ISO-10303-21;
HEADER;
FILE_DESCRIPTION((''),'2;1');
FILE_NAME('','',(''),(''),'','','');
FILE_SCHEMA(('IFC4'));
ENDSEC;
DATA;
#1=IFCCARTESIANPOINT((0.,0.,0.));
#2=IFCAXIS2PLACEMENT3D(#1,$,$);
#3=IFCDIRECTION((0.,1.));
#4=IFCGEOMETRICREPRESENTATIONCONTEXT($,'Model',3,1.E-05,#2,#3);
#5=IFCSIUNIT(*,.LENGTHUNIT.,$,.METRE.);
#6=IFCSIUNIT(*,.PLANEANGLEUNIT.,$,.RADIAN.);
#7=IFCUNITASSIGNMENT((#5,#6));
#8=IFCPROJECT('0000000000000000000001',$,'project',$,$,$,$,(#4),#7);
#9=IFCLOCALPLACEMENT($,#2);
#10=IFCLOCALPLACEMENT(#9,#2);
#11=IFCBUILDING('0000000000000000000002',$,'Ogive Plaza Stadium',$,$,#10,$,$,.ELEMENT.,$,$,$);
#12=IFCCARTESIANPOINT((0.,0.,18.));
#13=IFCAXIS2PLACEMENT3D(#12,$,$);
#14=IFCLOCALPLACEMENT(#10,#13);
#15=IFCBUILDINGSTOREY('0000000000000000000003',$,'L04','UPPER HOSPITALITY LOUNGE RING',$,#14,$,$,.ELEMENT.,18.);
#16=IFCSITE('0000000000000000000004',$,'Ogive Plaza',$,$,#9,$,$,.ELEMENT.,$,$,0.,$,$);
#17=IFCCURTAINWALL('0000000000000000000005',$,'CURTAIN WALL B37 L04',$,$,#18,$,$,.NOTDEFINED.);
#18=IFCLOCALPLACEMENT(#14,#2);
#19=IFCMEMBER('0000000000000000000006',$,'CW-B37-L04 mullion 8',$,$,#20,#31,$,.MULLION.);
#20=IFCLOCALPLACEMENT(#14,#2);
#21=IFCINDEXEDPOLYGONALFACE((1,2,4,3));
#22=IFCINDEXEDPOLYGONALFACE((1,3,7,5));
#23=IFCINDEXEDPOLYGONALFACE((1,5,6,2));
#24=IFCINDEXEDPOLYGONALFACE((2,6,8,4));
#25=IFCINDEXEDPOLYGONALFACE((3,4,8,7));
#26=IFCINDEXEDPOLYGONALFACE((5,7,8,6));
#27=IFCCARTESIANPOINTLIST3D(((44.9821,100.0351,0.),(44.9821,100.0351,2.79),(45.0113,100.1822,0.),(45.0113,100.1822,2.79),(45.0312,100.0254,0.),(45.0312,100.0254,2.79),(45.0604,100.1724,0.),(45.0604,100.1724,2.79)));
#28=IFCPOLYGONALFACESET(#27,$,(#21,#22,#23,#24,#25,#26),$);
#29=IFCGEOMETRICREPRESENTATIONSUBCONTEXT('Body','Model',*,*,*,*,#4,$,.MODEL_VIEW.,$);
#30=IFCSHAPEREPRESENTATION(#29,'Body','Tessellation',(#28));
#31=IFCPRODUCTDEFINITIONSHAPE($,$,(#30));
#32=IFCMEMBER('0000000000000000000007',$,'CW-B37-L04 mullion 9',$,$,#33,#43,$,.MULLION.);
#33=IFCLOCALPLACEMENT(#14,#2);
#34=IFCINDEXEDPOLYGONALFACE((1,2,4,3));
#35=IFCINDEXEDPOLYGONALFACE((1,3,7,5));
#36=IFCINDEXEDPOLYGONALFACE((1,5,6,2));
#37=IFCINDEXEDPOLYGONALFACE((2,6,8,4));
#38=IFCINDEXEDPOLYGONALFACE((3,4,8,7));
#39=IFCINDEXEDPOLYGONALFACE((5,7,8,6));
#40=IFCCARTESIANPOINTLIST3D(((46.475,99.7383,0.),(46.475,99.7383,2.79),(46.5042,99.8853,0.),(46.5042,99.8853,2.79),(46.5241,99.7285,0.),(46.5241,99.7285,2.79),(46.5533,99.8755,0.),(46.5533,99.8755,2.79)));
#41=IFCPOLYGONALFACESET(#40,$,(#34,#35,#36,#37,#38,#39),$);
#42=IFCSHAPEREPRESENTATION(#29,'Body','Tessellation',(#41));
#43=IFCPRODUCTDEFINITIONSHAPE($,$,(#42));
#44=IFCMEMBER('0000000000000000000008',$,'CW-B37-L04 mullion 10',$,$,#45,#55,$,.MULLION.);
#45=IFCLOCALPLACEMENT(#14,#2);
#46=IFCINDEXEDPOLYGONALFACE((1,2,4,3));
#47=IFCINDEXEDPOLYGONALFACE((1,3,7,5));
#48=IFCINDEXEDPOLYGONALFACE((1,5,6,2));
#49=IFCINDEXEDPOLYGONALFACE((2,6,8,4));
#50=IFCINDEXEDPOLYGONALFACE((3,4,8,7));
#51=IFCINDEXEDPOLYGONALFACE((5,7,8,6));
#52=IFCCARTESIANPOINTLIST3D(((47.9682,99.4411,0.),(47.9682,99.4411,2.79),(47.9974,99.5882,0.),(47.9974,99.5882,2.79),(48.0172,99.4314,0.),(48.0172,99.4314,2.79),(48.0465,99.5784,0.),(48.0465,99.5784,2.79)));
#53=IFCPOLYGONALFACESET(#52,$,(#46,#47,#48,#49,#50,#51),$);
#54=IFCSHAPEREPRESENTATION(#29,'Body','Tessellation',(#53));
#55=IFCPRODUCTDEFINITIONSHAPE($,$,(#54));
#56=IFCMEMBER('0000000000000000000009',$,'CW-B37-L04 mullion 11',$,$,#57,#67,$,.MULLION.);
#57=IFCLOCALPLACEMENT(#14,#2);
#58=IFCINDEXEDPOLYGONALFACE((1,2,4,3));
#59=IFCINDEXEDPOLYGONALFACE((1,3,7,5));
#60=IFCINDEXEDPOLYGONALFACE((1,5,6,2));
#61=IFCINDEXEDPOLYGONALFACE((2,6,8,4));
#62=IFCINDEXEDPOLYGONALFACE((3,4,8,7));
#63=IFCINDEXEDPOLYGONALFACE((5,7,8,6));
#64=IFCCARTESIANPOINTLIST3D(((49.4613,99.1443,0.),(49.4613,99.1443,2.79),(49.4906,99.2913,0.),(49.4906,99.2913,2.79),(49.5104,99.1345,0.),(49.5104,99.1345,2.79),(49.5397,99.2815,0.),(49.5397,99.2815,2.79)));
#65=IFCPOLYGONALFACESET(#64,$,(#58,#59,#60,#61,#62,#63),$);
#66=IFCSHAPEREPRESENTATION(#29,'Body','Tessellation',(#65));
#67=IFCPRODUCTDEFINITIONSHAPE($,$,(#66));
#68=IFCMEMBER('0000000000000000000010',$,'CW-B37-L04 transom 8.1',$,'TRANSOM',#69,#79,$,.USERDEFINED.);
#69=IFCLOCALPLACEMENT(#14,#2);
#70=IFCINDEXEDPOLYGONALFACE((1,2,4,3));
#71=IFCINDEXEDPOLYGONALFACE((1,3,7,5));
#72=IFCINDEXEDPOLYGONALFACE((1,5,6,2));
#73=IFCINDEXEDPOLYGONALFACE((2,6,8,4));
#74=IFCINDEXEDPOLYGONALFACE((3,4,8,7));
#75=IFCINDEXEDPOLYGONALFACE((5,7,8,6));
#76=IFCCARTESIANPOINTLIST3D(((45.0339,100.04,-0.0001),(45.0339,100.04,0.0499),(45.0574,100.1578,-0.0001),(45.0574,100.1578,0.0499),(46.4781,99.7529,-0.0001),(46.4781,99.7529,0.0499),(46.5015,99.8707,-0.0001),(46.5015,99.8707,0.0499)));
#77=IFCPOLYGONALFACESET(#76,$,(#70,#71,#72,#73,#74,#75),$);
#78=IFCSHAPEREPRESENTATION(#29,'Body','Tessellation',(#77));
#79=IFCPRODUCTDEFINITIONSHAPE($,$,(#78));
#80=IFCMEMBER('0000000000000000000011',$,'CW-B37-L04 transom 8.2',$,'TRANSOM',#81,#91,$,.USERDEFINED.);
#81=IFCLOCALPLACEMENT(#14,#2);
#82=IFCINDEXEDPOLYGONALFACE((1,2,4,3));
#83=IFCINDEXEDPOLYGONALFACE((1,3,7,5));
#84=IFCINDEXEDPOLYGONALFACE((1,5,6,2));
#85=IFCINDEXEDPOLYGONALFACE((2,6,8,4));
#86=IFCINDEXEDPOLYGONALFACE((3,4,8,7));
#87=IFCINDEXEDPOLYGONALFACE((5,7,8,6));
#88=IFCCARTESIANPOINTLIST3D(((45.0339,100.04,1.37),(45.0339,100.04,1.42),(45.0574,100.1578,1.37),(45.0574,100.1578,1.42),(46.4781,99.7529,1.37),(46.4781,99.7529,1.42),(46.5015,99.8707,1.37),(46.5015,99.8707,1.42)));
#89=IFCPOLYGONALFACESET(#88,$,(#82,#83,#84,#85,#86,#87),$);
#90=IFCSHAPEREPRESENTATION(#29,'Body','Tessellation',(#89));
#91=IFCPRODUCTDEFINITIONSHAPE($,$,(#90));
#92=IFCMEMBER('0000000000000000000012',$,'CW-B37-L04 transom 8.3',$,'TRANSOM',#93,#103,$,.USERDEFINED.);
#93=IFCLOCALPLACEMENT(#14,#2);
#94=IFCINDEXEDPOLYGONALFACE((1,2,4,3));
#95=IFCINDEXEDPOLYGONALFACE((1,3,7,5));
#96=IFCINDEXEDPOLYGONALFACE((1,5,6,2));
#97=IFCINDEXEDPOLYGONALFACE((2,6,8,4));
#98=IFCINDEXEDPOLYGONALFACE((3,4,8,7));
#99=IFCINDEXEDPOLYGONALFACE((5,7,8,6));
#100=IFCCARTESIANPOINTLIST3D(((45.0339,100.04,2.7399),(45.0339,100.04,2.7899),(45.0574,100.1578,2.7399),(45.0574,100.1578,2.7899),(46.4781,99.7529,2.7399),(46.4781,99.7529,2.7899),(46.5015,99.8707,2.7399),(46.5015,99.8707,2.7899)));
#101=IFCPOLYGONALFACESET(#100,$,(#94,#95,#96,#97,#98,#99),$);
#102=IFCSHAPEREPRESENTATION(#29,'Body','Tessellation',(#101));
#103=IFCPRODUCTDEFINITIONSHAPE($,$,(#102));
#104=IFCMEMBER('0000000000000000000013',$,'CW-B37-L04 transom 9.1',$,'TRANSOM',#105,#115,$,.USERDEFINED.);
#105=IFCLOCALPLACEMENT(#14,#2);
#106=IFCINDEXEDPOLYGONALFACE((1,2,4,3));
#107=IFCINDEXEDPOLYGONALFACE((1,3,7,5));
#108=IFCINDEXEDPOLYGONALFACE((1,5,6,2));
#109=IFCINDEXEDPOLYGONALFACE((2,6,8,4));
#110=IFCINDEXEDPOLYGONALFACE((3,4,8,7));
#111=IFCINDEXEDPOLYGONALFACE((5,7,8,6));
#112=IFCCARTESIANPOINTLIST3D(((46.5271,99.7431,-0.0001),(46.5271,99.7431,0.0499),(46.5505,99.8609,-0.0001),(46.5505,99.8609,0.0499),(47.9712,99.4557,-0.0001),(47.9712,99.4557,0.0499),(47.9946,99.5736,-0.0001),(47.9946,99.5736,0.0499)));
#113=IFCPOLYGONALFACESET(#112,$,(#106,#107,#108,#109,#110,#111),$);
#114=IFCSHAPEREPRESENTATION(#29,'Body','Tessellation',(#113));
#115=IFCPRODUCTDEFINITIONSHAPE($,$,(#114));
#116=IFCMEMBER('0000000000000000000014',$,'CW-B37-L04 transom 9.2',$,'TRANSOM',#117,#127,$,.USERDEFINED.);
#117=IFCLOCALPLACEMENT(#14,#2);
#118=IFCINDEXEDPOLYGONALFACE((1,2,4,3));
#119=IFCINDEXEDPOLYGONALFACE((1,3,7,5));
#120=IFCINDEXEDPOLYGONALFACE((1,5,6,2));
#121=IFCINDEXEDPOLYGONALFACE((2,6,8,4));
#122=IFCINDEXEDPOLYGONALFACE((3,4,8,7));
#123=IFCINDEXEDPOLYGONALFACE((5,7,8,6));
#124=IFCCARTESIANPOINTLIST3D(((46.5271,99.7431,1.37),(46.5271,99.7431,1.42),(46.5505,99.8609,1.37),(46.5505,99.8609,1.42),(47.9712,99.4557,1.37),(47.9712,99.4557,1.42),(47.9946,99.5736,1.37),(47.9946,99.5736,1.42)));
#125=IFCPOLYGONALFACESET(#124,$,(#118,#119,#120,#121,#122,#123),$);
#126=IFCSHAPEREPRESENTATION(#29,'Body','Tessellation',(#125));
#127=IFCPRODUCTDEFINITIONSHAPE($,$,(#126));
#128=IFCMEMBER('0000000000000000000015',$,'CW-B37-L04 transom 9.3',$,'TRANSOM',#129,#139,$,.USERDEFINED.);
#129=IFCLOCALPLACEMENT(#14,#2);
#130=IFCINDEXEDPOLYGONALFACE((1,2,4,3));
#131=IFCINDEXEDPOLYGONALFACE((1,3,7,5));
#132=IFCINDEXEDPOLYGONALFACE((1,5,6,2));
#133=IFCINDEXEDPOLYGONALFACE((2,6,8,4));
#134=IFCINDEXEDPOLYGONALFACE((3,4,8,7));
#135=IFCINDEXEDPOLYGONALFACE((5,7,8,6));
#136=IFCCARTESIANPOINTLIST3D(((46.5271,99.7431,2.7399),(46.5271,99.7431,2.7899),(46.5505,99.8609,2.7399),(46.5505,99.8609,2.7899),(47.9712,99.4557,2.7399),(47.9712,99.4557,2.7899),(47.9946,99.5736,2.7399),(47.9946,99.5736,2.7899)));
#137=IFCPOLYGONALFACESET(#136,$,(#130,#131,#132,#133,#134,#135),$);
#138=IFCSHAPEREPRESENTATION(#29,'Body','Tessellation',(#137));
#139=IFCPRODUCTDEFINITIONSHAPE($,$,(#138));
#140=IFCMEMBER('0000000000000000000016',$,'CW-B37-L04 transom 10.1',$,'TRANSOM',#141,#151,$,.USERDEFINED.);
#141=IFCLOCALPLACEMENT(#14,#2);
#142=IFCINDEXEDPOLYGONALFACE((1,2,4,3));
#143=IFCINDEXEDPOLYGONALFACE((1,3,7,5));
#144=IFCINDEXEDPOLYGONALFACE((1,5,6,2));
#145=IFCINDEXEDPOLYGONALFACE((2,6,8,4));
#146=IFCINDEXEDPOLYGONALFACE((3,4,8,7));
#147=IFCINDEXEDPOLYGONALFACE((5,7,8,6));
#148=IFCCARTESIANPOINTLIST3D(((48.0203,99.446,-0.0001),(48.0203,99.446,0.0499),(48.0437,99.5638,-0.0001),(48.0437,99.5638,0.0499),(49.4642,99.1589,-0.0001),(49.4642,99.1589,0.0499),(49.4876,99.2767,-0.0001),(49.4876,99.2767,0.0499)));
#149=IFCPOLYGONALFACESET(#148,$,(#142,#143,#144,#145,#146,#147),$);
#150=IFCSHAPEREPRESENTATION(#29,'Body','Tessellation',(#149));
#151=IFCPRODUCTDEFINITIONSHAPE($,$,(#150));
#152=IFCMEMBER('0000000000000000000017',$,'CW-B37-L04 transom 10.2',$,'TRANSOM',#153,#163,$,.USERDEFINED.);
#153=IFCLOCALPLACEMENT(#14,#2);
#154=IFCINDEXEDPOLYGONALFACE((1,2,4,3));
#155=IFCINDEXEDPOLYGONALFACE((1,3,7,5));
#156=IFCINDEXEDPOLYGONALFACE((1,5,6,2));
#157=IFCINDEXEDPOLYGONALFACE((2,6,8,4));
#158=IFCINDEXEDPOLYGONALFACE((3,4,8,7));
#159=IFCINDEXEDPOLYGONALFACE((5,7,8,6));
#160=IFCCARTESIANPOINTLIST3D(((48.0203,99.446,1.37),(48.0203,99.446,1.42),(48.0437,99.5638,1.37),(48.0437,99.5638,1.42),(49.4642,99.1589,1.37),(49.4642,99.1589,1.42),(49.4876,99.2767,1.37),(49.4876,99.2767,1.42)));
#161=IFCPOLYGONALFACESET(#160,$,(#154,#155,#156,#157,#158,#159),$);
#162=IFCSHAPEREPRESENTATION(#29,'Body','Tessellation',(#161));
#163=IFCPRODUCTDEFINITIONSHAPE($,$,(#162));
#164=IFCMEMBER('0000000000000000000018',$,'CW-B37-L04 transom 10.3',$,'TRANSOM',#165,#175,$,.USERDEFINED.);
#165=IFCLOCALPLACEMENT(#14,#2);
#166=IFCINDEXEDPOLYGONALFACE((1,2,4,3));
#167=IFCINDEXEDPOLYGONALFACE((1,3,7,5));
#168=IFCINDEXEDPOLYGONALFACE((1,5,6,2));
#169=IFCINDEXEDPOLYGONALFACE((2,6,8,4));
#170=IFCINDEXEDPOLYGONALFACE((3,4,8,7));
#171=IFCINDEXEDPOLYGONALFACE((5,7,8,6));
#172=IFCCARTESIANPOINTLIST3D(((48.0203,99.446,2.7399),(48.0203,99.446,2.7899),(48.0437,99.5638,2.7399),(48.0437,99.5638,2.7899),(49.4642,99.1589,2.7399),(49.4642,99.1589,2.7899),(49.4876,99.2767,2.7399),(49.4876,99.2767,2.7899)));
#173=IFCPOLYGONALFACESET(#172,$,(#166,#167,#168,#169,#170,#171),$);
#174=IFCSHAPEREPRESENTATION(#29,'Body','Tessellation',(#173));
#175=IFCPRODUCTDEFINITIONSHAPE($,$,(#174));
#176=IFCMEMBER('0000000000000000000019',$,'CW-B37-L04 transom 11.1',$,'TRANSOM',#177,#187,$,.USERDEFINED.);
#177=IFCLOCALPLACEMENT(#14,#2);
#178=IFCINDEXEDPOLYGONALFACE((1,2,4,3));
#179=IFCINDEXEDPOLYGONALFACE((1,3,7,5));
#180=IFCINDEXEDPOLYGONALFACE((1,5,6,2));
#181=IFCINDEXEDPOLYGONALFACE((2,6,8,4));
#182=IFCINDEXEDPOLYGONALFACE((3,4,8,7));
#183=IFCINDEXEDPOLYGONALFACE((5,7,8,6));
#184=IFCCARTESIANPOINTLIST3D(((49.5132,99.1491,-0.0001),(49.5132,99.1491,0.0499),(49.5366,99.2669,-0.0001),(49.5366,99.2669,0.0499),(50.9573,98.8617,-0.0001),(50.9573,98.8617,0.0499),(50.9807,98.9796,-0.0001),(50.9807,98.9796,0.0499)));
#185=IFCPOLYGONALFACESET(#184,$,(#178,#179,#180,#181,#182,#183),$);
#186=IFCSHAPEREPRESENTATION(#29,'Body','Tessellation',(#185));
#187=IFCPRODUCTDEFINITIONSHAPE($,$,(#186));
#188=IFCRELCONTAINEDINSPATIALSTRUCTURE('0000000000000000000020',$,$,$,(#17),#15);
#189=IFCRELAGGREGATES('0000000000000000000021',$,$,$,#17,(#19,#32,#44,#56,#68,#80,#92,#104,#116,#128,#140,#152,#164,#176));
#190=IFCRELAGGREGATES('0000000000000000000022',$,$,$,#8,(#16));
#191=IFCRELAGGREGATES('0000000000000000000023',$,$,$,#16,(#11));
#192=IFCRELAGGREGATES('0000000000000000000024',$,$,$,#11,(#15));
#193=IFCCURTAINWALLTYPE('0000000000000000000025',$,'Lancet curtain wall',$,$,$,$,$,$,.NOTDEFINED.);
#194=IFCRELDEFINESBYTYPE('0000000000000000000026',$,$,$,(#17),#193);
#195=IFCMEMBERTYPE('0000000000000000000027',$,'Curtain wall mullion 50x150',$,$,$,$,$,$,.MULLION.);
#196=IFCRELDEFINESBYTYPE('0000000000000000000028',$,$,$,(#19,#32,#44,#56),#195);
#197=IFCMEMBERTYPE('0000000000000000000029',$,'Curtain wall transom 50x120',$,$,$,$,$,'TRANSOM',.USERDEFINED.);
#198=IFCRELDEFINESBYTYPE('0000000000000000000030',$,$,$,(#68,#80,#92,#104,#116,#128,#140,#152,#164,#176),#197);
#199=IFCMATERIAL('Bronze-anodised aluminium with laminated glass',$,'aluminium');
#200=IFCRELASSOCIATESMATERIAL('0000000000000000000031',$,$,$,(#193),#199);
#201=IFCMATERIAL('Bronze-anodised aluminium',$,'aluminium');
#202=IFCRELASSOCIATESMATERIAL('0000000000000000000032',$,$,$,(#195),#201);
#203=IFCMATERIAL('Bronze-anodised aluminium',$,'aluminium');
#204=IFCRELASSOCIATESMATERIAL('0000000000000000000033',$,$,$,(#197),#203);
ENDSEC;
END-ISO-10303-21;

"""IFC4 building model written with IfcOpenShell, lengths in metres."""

from ifc_helpers import new_model, si_unit, direction, frame, origin, origin_2d, place, context, subcontext, project, spatial, rectangle, extrude, material, material_profile, profile_set, type_object, element, aggregate, save


model = new_model("IFC4")

# Units and contexts
model_context = context("Model", 3, precision=1e-05, world=origin(), true_north=direction((0.0, 1.0)))
body_context = subcontext(model_context, "Body", "Model", "MODEL_VIEW")
ifc_project = project(units=[si_unit("LENGTHUNIT", "METRE"), si_unit("PLANEANGLEUNIT", "RADIAN")], contexts=[model_context])

# Site, building, storey
site_placement = place(None, origin())
site = spatial("IfcSite", under=ifc_project, at=site_placement, Name="Ogive Plaza", CompositionType="ELEMENT", RefElevation=0.0)
building_placement = place(site_placement, origin())
building = spatial("IfcBuilding", under=site, at=building_placement, Name="Ogive Plaza Stadium", CompositionType="ELEMENT")
storey_placement = place(building_placement, frame((0.0, 0.0, 18.0)))
storey = spatial("IfcBuildingStorey", under=building, at=storey_placement, Name="L04", Description="UPPER HOSPITALITY LOUNGE RING", CompositionType="ELEMENT", Elevation=18.0)

# Curtain wall, members
ifc_material_1 = material(Name="Bronze-anodised aluminium with laminated glass", Category="aluminium")
curtain_wall_type = type_object("IfcCurtainWallType", Name="Lancet curtain wall", PredefinedType="NOTDEFINED", material=ifc_material_1)
curtain_wall_placement = place(storey_placement, origin())
curtain_wall = element("IfcCurtainWall", 1, at=curtain_wall_placement, inside=storey, type_object=curtain_wall_type, Name="CURTAIN WALL B37 L04", PredefinedType="NOTDEFINED")
ifc_material_2 = material(Name="Bronze-anodised aluminium", Category="aluminium")
ifc_material_profile_1 = material_profile(ifc_material_2, rectangle(XDim=0.1499, YDim=0.05, at=origin_2d()), Name="AL 150x50")
ifc_profile_set_1 = profile_set([ifc_material_profile_1], Name="Bronze-anodised aluminium")
member_type_1 = type_object("IfcMemberType", Name="Curtain wall mullion 50x150", PredefinedType="MULLION", material=ifc_profile_set_1)
member_1_placement = place(storey_placement, frame((45.0212, 100.1038, 0.0), z_axis=(0.0, 0.0, 1.0), x_axis=(0.19509, 0.980785, 0.0)))
member_1 = element("IfcMember", 2, at=member_1_placement, type_object=member_type_1, Name="CW-B37-L04 mullion 8", PredefinedType="MULLION", context=body_context, shape_type="SweptSolid", body=[
    extrude(rectangle(XDim=0.1499, YDim=0.05, at=origin_2d()), origin(), (0.0, 0.0, 1.0), 2.79),
])
member_2_placement = place(storey_placement, frame((46.5142, 99.8069, 0.0), z_axis=(0.0, 0.0, 1.0), x_axis=(0.19509, 0.980785, 0.0)))
member_2 = element("IfcMember", 3, at=member_2_placement, type_object=member_type_1, Name="CW-B37-L04 mullion 9", PredefinedType="MULLION", context=body_context, shape_type="SweptSolid", body=[
    extrude(rectangle(XDim=0.1499, YDim=0.05, at=origin_2d()), origin(), (0.0, 0.0, 1.0), 2.79),
])
member_3_placement = place(storey_placement, frame((48.0073, 99.5098, 0.0), z_axis=(0.0, 0.0, 1.0), x_axis=(0.19509, 0.980785, 0.0)))
member_3 = element("IfcMember", 4, at=member_3_placement, type_object=member_type_1, Name="CW-B37-L04 mullion 10", PredefinedType="MULLION", context=body_context, shape_type="SweptSolid", body=[
    extrude(rectangle(XDim=0.1499, YDim=0.05, at=origin_2d()), origin(), (0.0, 0.0, 1.0), 2.79),
])
member_4_placement = place(storey_placement, frame((49.5005, 99.2129, 0.0), z_axis=(0.0, 0.0, 1.0), x_axis=(0.19509, 0.980785, 0.0)))
member_4 = element("IfcMember", 5, at=member_4_placement, type_object=member_type_1, Name="CW-B37-L04 mullion 11", PredefinedType="MULLION", context=body_context, shape_type="SweptSolid", body=[
    extrude(rectangle(XDim=0.1499, YDim=0.05, at=origin_2d()), origin(), (0.0, 0.0, 1.0), 2.79),
])
ifc_material_3 = material(Name="Bronze-anodised aluminium", Category="aluminium")
ifc_material_profile_2 = material_profile(ifc_material_3, rectangle(XDim=0.1201, YDim=0.05, at=origin_2d()), Name="AL 120x50")
ifc_profile_set_2 = profile_set([ifc_material_profile_2], Name="Bronze-anodised aluminium")
member_type_2 = type_object("IfcMemberType", Name="Curtain wall transom 50x120", ElementType="TRANSOM", PredefinedType="USERDEFINED", material=ifc_profile_set_2)
member_5_placement = place(storey_placement, frame((45.0457, 100.0989, 0.0249), z_axis=(0.980803, -0.195, 0.0), x_axis=(0.195, 0.980803, 0.0)))
member_5 = element("IfcMember", 6, at=member_5_placement, type_object=member_type_2, Name="CW-B37-L04 transom 8.1", ObjectType="TRANSOM", PredefinedType="USERDEFINED", context=body_context, shape_type="SweptSolid", body=[
    extrude(rectangle(XDim=0.1201, YDim=0.05, at=origin_2d()), origin(), (0.0, 0.0, 1.0), 1.4724),
])
member_6_placement = place(storey_placement, frame((45.0457, 100.0989, 1.395), z_axis=(0.980803, -0.195, 0.0), x_axis=(0.195, 0.980803, 0.0)))
member_6 = element("IfcMember", 7, at=member_6_placement, type_object=member_type_2, Name="CW-B37-L04 transom 8.2", ObjectType="TRANSOM", PredefinedType="USERDEFINED", context=body_context, shape_type="SweptSolid", body=[
    extrude(rectangle(XDim=0.1201, YDim=0.05, at=origin_2d()), origin(), (0.0, 0.0, 1.0), 1.4724),
])
member_7_placement = place(storey_placement, frame((45.0457, 100.0989, 2.7649), z_axis=(0.980803, -0.195, 0.0), x_axis=(0.195, 0.980803, 0.0)))
member_7 = element("IfcMember", 8, at=member_7_placement, type_object=member_type_2, Name="CW-B37-L04 transom 8.3", ObjectType="TRANSOM", PredefinedType="USERDEFINED", context=body_context, shape_type="SweptSolid", body=[
    extrude(rectangle(XDim=0.1201, YDim=0.05, at=origin_2d()), origin(), (0.0, 0.0, 1.0), 1.4724),
])
member_8_placement = place(storey_placement, frame((46.5388, 99.802, 0.0249), z_axis=(0.980772, -0.195159, 0.0), x_axis=(0.195159, 0.980772, 0.0)))
member_8 = element("IfcMember", 9, at=member_8_placement, type_object=member_type_2, Name="CW-B37-L04 transom 9.1", ObjectType="TRANSOM", PredefinedType="USERDEFINED", context=body_context, shape_type="SweptSolid", body=[
    extrude(rectangle(XDim=0.1201, YDim=0.05, at=origin_2d()), origin(), (0.0, 0.0, 1.0), 1.4724),
])
member_9_placement = place(storey_placement, frame((46.5388, 99.802, 1.395), z_axis=(0.980772, -0.195159, 0.0), x_axis=(0.195159, 0.980772, 0.0)))
member_9 = element("IfcMember", 10, at=member_9_placement, type_object=member_type_2, Name="CW-B37-L04 transom 9.2", ObjectType="TRANSOM", PredefinedType="USERDEFINED", context=body_context, shape_type="SweptSolid", body=[
    extrude(rectangle(XDim=0.1201, YDim=0.05, at=origin_2d()), origin(), (0.0, 0.0, 1.0), 1.4724),
])
member_10_placement = place(storey_placement, frame((46.5388, 99.802, 2.7649), z_axis=(0.980772, -0.195159, 0.0), x_axis=(0.195159, 0.980772, 0.0)))
member_10 = element("IfcMember", 11, at=member_10_placement, type_object=member_type_2, Name="CW-B37-L04 transom 9.3", ObjectType="TRANSOM", PredefinedType="USERDEFINED", context=body_context, shape_type="SweptSolid", body=[
    extrude(rectangle(XDim=0.1201, YDim=0.05, at=origin_2d()), origin(), (0.0, 0.0, 1.0), 1.4724),
])
member_11_placement = place(storey_placement, frame((48.032, 99.5049, 0.0249), z_axis=(0.980797, -0.195032, 0.0), x_axis=(0.195032, 0.980797, 0.0)))
member_11 = element("IfcMember", 12, at=member_11_placement, type_object=member_type_2, Name="CW-B37-L04 transom 10.1", ObjectType="TRANSOM", PredefinedType="USERDEFINED", context=body_context, shape_type="SweptSolid", body=[
    extrude(rectangle(XDim=0.1201, YDim=0.05, at=origin_2d()), origin(), (0.0, 0.0, 1.0), 1.4722),
])
member_12_placement = place(storey_placement, frame((48.032, 99.5049, 1.395), z_axis=(0.980797, -0.195032, 0.0), x_axis=(0.195032, 0.980797, 0.0)))
member_12 = element("IfcMember", 13, at=member_12_placement, type_object=member_type_2, Name="CW-B37-L04 transom 10.2", ObjectType="TRANSOM", PredefinedType="USERDEFINED", context=body_context, shape_type="SweptSolid", body=[
    extrude(rectangle(XDim=0.1201, YDim=0.05, at=origin_2d()), origin(), (0.0, 0.0, 1.0), 1.4722),
])
member_13_placement = place(storey_placement, frame((48.032, 99.5049, 2.7649), z_axis=(0.980797, -0.195032, 0.0), x_axis=(0.195032, 0.980797, 0.0)))
member_13 = element("IfcMember", 14, at=member_13_placement, type_object=member_type_2, Name="CW-B37-L04 transom 10.3", ObjectType="TRANSOM", PredefinedType="USERDEFINED", context=body_context, shape_type="SweptSolid", body=[
    extrude(rectangle(XDim=0.1201, YDim=0.05, at=origin_2d()), origin(), (0.0, 0.0, 1.0), 1.4722),
])
member_14_placement = place(storey_placement, frame((49.5249, 99.208, 0.0249), z_axis=(0.980772, -0.195159, 0.0), x_axis=(0.195159, 0.980772, 0.0)))
member_14 = element("IfcMember", 15, at=member_14_placement, type_object=member_type_2, Name="CW-B37-L04 transom 11.1", ObjectType="TRANSOM", PredefinedType="USERDEFINED", context=body_context, shape_type="SweptSolid", body=[
    extrude(rectangle(XDim=0.1201, YDim=0.05, at=origin_2d()), origin(), (0.0, 0.0, 1.0), 1.4724),
])
aggregate(curtain_wall, [member_1, member_2, member_3, member_4, member_5, member_6, member_7, member_8, member_9, member_10, member_11, member_12, member_13, member_14])

save(model, "model.ifc")
